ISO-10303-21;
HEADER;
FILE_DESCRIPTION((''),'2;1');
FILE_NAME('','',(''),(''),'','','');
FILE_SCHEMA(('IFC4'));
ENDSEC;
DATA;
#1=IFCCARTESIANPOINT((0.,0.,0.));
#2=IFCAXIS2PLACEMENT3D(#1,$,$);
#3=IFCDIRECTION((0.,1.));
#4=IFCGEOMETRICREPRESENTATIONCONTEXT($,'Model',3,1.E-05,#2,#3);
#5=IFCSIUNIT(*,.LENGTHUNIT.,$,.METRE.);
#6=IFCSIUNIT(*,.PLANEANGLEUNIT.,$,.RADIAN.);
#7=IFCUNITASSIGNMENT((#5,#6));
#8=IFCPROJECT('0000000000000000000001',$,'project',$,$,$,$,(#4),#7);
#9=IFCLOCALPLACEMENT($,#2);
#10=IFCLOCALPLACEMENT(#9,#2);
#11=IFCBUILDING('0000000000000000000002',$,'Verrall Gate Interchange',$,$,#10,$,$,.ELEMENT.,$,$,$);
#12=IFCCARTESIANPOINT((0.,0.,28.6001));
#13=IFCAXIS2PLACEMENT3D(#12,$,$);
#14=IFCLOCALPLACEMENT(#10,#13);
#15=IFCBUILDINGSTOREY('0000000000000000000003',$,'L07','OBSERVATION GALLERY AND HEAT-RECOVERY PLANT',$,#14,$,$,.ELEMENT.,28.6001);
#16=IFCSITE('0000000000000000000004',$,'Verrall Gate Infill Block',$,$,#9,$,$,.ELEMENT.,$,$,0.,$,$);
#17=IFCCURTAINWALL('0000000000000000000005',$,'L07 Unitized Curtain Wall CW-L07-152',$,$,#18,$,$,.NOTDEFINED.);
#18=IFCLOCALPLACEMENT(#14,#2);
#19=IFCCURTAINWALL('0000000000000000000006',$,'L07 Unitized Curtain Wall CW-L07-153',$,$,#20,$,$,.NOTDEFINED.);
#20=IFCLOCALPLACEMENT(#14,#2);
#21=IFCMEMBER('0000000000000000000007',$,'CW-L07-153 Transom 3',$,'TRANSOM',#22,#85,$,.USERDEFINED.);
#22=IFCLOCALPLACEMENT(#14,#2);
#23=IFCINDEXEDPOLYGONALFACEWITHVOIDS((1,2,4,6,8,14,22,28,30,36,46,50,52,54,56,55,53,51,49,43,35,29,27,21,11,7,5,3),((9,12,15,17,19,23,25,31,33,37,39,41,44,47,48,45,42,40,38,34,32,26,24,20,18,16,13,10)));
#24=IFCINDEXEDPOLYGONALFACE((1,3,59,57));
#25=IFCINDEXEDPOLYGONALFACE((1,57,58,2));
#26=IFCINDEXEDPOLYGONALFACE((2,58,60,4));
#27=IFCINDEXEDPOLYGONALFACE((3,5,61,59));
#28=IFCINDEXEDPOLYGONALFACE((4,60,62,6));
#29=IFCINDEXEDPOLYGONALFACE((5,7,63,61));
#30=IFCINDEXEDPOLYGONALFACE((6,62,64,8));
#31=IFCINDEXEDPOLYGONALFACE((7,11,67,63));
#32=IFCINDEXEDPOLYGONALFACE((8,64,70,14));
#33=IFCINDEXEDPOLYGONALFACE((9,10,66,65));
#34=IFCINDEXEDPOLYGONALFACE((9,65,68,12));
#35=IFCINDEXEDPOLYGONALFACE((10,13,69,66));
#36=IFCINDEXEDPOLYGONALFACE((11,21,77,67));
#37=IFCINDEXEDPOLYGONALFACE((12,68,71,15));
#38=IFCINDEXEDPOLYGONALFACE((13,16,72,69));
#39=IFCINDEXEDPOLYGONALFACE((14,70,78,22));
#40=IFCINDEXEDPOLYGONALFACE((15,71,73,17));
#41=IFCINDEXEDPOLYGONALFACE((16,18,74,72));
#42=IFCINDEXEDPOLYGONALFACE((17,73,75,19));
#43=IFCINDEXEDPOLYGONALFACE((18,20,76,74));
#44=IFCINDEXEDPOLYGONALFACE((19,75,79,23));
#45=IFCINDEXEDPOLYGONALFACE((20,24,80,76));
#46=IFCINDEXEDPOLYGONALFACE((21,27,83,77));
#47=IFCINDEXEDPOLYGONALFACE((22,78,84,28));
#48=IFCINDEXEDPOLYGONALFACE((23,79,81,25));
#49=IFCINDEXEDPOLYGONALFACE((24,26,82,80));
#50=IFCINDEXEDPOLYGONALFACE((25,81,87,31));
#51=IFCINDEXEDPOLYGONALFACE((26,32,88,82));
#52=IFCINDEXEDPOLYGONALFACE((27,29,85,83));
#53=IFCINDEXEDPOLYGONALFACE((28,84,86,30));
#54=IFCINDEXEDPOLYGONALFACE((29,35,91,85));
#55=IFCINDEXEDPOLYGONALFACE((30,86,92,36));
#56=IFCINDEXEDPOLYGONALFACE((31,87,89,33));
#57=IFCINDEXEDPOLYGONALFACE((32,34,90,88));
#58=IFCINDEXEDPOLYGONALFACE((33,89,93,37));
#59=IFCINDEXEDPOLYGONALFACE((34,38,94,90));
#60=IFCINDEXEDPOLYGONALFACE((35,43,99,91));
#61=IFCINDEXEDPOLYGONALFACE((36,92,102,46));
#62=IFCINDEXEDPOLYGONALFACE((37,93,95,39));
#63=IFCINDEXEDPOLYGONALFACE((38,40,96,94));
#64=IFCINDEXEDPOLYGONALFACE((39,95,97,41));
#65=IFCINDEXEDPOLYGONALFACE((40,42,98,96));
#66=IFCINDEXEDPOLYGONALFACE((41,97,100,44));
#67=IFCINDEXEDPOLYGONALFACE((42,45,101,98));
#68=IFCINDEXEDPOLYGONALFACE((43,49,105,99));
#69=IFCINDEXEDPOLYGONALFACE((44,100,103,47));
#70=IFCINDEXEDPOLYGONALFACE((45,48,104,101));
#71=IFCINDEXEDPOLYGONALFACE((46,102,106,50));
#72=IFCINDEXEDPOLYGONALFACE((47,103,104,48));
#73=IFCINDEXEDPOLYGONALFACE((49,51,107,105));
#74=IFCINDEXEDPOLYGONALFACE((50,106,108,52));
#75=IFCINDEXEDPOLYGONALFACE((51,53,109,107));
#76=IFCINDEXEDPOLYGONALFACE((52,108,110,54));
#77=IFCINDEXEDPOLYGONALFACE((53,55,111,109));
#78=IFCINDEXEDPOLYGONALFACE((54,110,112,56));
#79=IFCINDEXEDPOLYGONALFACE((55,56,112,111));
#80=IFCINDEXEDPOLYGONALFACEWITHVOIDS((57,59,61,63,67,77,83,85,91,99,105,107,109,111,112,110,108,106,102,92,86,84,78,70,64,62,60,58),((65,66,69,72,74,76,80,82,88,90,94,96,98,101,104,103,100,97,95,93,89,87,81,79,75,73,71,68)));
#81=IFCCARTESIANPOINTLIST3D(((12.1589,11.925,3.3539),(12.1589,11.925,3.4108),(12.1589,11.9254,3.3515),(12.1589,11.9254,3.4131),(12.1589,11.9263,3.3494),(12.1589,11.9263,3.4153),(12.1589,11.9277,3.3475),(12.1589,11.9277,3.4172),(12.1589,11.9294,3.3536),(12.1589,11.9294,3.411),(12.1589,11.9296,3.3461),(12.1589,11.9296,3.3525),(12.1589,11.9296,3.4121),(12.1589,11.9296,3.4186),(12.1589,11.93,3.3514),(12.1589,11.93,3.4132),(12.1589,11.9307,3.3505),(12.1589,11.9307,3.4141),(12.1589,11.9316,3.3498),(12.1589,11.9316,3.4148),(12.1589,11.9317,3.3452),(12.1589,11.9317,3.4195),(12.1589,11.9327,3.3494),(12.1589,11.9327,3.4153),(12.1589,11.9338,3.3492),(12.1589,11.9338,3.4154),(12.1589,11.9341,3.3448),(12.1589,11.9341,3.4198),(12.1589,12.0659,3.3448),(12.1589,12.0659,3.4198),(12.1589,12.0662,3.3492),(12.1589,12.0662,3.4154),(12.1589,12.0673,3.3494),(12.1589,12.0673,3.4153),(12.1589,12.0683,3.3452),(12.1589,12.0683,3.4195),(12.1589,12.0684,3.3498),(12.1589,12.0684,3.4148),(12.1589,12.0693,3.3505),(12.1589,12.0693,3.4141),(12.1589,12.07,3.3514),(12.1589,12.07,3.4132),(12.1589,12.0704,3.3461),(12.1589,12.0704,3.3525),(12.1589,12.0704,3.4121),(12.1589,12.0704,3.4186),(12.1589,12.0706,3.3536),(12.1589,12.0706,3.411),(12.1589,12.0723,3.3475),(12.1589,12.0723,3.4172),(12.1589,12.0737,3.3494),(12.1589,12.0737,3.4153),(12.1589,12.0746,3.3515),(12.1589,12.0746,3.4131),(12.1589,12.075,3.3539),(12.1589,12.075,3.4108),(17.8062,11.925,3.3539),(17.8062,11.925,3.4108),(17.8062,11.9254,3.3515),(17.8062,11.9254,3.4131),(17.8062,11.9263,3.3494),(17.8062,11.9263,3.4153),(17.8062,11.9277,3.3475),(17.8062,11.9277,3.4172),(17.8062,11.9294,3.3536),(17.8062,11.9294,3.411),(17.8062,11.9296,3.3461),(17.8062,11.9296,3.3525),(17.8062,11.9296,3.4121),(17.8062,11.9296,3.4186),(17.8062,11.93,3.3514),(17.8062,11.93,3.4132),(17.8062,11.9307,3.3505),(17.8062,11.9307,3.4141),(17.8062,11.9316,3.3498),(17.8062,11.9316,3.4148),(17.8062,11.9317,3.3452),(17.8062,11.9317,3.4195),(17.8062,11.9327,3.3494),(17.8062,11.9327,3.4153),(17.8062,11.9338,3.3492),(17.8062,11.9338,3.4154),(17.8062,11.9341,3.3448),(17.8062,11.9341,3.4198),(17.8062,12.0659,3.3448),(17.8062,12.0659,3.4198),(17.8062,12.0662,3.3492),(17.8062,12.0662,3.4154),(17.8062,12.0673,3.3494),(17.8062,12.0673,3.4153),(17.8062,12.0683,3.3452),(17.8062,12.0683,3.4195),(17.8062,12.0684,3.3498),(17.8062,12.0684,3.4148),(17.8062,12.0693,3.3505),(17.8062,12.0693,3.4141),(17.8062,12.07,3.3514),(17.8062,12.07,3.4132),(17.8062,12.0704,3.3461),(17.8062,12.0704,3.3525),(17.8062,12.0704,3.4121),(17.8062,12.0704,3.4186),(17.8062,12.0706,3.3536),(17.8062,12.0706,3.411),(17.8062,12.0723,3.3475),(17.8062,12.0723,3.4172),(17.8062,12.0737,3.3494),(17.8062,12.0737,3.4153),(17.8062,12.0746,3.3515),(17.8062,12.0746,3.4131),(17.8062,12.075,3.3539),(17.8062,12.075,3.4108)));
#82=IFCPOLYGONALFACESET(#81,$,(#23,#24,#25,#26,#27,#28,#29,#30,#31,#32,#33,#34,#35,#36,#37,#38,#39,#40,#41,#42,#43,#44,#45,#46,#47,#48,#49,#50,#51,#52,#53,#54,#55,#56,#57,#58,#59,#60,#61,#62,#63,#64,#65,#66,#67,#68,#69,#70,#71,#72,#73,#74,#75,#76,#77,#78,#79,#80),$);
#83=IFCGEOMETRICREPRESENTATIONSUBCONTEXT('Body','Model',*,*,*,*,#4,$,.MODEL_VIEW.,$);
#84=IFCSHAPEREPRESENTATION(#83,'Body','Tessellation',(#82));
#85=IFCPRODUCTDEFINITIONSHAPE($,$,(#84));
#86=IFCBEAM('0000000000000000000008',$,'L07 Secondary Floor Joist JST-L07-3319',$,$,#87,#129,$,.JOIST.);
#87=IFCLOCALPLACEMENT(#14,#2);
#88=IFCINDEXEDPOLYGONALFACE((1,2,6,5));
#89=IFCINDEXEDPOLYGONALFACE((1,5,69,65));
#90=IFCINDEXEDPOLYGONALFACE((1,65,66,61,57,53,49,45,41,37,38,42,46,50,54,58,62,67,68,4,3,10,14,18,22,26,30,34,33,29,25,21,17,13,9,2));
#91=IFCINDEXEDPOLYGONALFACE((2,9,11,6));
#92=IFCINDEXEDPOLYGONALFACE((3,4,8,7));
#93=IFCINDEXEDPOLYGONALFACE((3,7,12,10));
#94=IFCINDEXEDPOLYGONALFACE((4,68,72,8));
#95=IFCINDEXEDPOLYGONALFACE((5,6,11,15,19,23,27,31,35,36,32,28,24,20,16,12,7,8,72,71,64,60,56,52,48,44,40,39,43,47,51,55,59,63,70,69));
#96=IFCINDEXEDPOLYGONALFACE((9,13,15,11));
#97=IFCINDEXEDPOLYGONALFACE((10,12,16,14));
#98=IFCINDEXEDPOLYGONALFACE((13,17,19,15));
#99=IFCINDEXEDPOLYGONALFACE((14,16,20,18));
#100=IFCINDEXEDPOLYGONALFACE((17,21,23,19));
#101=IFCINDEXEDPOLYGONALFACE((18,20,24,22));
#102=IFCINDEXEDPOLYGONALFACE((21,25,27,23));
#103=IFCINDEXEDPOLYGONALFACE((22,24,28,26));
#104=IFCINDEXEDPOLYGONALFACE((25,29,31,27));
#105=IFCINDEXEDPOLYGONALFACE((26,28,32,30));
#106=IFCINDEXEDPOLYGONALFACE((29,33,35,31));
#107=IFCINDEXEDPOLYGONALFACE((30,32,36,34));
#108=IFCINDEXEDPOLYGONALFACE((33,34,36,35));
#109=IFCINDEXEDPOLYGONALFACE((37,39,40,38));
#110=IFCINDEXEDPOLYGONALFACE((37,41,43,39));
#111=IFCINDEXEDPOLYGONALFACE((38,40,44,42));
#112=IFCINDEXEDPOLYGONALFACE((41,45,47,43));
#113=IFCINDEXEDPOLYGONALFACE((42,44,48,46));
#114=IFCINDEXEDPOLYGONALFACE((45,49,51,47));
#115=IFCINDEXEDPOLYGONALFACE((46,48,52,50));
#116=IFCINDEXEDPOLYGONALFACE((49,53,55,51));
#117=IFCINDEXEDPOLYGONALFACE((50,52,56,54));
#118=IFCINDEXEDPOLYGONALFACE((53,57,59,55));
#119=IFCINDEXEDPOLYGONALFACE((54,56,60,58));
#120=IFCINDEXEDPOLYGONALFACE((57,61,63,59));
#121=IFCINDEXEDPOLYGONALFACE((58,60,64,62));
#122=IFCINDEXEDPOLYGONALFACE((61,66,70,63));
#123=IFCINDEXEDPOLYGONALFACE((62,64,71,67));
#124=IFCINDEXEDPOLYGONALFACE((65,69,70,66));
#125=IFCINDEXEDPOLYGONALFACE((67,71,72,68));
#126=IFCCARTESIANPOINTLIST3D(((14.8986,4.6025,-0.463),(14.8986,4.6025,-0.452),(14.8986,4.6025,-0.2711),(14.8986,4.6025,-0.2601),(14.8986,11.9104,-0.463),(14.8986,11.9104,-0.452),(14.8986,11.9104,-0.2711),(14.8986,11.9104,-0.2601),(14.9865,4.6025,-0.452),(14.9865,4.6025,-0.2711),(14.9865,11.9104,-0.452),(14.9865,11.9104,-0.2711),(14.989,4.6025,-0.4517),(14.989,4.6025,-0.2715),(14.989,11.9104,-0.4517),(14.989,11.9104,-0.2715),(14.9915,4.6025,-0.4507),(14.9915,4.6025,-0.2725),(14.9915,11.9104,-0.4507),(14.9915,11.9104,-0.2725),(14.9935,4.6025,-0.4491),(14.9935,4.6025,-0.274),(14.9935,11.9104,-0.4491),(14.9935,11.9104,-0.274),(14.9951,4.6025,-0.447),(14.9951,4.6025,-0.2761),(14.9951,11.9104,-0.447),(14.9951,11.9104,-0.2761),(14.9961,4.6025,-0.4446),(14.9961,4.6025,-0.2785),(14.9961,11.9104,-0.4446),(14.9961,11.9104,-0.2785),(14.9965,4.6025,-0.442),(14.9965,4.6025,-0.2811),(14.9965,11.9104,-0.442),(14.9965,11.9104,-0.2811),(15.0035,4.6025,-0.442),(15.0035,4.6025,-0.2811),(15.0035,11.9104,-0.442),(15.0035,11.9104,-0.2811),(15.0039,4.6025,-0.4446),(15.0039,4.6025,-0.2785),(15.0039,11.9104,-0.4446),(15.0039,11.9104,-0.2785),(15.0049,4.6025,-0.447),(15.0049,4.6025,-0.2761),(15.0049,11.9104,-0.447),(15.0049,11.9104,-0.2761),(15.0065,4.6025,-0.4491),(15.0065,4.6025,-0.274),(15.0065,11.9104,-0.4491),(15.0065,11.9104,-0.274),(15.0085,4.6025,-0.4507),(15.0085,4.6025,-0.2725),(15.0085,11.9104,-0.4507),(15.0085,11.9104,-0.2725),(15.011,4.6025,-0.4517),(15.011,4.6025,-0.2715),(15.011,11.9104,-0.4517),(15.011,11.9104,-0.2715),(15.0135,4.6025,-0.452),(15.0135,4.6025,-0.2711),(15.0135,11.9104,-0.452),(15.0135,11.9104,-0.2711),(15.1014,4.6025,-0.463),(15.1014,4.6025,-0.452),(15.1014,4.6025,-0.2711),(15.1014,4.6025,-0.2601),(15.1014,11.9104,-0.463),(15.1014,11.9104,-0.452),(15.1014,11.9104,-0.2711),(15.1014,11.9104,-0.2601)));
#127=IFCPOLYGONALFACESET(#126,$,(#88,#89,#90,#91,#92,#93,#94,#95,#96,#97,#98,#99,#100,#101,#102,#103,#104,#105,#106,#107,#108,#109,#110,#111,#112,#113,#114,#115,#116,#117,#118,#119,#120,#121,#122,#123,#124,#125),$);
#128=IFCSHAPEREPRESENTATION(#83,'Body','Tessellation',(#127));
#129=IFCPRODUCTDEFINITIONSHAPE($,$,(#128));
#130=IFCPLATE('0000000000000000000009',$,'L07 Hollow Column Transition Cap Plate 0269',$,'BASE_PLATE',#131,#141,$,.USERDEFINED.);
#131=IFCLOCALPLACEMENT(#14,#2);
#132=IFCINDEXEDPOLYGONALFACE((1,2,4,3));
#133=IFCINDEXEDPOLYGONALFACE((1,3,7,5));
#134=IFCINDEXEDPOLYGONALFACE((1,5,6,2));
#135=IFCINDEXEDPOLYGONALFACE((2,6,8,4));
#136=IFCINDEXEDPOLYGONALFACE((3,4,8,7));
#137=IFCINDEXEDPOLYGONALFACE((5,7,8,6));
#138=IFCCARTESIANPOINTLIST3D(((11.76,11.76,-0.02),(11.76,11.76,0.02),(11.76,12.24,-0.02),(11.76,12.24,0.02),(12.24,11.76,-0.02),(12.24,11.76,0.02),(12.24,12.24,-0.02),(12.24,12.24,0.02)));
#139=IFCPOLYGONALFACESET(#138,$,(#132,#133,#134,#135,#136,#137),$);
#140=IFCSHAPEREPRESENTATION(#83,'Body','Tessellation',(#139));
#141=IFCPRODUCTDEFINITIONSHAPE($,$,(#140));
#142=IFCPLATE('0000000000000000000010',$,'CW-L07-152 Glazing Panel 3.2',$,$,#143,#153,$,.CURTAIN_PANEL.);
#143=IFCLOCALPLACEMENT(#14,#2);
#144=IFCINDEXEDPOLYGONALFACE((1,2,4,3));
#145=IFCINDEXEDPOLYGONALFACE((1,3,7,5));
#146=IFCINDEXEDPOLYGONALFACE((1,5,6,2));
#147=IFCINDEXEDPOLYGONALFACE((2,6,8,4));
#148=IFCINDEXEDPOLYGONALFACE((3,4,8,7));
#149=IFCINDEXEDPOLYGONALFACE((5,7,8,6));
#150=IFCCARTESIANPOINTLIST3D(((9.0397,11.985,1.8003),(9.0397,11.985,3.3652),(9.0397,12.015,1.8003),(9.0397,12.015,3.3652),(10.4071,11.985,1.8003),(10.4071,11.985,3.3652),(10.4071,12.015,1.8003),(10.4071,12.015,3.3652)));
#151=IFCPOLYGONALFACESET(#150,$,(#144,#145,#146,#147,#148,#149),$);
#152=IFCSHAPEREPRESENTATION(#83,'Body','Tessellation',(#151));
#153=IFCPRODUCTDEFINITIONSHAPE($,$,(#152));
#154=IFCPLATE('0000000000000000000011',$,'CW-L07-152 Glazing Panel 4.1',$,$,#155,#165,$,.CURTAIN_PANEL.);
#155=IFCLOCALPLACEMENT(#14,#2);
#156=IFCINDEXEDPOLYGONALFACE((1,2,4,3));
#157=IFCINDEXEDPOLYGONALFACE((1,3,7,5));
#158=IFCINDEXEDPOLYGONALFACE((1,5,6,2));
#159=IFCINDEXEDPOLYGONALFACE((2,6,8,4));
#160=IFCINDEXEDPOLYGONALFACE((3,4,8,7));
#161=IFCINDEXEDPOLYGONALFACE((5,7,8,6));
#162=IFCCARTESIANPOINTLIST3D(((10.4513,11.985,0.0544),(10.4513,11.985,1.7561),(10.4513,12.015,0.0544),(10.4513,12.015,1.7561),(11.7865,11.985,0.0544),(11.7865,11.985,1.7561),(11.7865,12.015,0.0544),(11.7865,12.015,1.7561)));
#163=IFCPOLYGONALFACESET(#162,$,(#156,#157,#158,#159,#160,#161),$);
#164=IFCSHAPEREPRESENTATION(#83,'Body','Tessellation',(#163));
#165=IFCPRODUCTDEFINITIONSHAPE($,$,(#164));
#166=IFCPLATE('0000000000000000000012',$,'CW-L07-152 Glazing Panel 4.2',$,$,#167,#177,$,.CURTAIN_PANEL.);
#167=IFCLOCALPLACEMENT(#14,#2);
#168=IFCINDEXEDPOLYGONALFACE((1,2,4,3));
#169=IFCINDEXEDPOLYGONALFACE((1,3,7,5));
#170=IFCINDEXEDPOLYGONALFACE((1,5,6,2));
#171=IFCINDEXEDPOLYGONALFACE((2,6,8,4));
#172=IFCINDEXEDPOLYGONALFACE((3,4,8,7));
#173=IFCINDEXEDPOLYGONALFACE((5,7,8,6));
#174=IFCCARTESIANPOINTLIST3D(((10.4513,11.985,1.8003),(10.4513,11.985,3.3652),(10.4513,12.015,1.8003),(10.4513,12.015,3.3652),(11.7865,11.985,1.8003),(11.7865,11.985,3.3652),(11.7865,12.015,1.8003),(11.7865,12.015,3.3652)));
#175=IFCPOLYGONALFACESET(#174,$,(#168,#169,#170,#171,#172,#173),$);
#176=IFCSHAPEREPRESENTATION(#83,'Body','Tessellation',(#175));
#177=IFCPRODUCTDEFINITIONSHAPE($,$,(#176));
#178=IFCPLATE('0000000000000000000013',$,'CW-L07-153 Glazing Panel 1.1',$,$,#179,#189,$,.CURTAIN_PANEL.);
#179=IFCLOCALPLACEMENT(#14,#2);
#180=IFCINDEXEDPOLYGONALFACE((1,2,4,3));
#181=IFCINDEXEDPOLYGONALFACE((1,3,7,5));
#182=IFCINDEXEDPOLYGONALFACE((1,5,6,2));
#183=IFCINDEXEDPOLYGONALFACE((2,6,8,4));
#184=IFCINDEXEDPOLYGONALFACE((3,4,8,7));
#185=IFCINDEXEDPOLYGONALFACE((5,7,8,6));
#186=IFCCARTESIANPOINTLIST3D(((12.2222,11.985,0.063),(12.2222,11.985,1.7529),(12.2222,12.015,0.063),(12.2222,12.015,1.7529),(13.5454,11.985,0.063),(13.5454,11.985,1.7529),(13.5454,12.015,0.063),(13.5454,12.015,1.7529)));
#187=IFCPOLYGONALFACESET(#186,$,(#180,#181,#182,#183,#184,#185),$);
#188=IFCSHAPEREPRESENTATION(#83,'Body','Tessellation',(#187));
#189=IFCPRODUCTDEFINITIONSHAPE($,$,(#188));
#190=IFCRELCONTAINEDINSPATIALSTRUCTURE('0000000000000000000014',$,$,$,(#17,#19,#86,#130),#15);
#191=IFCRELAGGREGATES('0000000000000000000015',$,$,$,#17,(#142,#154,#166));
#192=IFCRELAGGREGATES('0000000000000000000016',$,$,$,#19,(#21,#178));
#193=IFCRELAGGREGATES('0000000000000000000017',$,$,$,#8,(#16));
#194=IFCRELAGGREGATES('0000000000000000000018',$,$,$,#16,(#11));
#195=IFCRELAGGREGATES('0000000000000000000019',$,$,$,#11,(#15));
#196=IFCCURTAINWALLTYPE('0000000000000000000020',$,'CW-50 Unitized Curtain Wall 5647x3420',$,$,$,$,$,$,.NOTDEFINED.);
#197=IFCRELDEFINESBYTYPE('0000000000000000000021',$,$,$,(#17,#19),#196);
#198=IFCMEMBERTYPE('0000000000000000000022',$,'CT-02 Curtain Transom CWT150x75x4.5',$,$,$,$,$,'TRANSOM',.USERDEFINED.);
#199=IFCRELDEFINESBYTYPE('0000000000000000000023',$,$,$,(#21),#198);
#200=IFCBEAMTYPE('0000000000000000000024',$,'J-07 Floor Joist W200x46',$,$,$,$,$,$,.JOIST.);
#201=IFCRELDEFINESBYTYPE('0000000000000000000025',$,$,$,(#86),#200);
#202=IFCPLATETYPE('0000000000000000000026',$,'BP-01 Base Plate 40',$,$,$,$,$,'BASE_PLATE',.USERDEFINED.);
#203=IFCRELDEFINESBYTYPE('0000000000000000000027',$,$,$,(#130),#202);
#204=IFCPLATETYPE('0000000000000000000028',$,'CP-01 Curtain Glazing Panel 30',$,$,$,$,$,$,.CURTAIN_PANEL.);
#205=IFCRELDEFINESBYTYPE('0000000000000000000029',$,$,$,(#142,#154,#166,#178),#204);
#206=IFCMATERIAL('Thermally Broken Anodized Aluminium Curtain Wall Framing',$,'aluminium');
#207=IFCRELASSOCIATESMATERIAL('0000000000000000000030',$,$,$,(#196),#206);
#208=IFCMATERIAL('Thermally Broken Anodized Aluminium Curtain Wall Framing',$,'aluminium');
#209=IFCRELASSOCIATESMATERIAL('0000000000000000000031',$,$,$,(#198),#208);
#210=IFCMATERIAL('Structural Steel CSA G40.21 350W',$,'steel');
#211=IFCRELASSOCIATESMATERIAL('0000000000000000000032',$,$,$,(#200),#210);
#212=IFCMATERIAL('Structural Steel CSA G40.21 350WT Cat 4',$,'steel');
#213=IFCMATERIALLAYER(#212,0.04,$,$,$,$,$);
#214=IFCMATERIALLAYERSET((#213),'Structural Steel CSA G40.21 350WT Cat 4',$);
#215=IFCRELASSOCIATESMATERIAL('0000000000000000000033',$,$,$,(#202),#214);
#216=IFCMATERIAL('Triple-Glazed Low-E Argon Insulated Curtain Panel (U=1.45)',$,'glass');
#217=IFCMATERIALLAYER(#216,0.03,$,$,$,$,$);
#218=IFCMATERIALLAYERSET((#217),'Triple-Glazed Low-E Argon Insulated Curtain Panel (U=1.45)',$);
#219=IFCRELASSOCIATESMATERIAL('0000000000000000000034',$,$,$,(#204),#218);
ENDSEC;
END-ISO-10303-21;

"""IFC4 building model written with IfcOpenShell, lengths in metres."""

from ifc_helpers import new_model, si_unit, direction, frame, origin, origin_2d, place, context, subcontext, project, spatial, rectangle, hollow_rectangle, i_section, extrude, material, layer, layer_set, material_profile, profile_set, type_object, element, aggregate, save


model = new_model("IFC4")

# Units and contexts
model_context = context("Model", 3, precision=1e-05, world=origin(), true_north=direction((0.0, 1.0)))
body_context = subcontext(model_context, "Body", "Model", "MODEL_VIEW")
ifc_project = project(units=[si_unit("LENGTHUNIT", "METRE"), si_unit("PLANEANGLEUNIT", "RADIAN")], contexts=[model_context])

# Site, building, storey
site_placement = place(None, origin())
site = spatial("IfcSite", under=ifc_project, at=site_placement, Name="Verrall Gate Infill Block", CompositionType="ELEMENT", RefElevation=0.0)
building_placement = place(site_placement, origin())
building = spatial("IfcBuilding", under=site, at=building_placement, Name="Verrall Gate Interchange", CompositionType="ELEMENT")
storey_placement = place(building_placement, frame((0.0, 0.0, 28.6001)))
storey = spatial("IfcBuildingStorey", under=building, at=storey_placement, Name="L07", Description="OBSERVATION GALLERY AND HEAT-RECOVERY PLANT", CompositionType="ELEMENT", Elevation=28.6001)

# Curtain walls, member
ifc_material_1 = material(Name="Thermally Broken Anodized Aluminium Curtain Wall Framing", Category="aluminium")
curtain_wall_type = type_object("IfcCurtainWallType", Name="CW-50 Unitized Curtain Wall 5647x3420", PredefinedType="NOTDEFINED", material=ifc_material_1)
curtain_wall_1_placement = place(storey_placement, origin())
curtain_wall_1 = element("IfcCurtainWall", 1, at=curtain_wall_1_placement, inside=storey, type_object=curtain_wall_type, Name="L07 Unitized Curtain Wall CW-L07-152", PredefinedType="NOTDEFINED")
curtain_wall_2_placement = place(storey_placement, origin())
curtain_wall_2 = element("IfcCurtainWall", 2, at=curtain_wall_2_placement, inside=storey, type_object=curtain_wall_type, Name="L07 Unitized Curtain Wall CW-L07-153", PredefinedType="NOTDEFINED")
ifc_material_2 = material(Name="Thermally Broken Anodized Aluminium Curtain Wall Framing", Category="aluminium")
ifc_material_profile_1 = material_profile(ifc_material_2, hollow_rectangle(XDim=0.1499, YDim=0.075, WallThickness=0.0044, InnerFilletRadius=0.0044, OuterFilletRadius=0.009, at=origin_2d()), Name="CWT150x75x4.5")
ifc_profile_set_1 = profile_set([ifc_material_profile_1], Name="Thermally Broken Anodized Aluminium Curtain Wall Framing")
member_type_1 = type_object("IfcMemberType", Name="CT-02 Curtain Transom CWT150x75x4.5", ElementType="TRANSOM", PredefinedType="USERDEFINED", material=ifc_profile_set_1)
member_1_placement = place(storey_placement, frame((12.1589, 12.0, 3.3823), z_axis=(1.0, 0.0, 0.0), x_axis=(0.0, 1.0, 0.0)))
member_1 = element("IfcMember", 3, at=member_1_placement, type_object=member_type_1, Name="CW-L07-153 Transom 3", ObjectType="TRANSOM", PredefinedType="USERDEFINED", context=body_context, shape_type="SweptSolid", body=[
    extrude(hollow_rectangle(XDim=0.1499, YDim=0.075, WallThickness=0.0044, InnerFilletRadius=0.0044, OuterFilletRadius=0.009, at=origin_2d()), origin(), (0.0, 0.0, 1.0), 5.6472),
])

# Beam
ifc_material_3 = material(Name="Structural Steel CSA G40.21 350W", Category="steel")
ifc_material_profile_2 = material_profile(ifc_material_3, i_section(OverallWidth=0.2029, OverallDepth=0.2029, WebThickness=0.0071, FlangeThickness=0.011, FilletRadius=0.01, at=origin_2d()), Name="W200x46")
ifc_profile_set_2 = profile_set([ifc_material_profile_2], Name="Structural Steel CSA G40.21 350W")
beam_type_1 = type_object("IfcBeamType", Name="J-07 Floor Joist W200x46", PredefinedType="JOIST", material=ifc_profile_set_2)
beam_1_placement = place(storey_placement, frame((15.0, 4.6025, -0.3616), z_axis=(0.0, 1.0, 0.0), x_axis=(-1.0, 0.0, 0.0)))
element("IfcBeam", 4, at=beam_1_placement, inside=storey, type_object=beam_type_1, Name="L07 Secondary Floor Joist JST-L07-3319", PredefinedType="JOIST", context=body_context, shape_type="SweptSolid", body=[
    extrude(i_section(OverallWidth=0.2029, OverallDepth=0.2029, WebThickness=0.0071, FlangeThickness=0.011, FilletRadius=0.01, at=origin_2d()), origin(), (0.0, 0.0, 1.0), 7.3079),
])

# Plates
ifc_material_4 = material(Name="Structural Steel CSA G40.21 350WT Cat 4", Category="steel")
ifc_layer_1 = layer(ifc_material_4, 0.04)
ifc_layer_set_1 = layer_set([ifc_layer_1], Name="Structural Steel CSA G40.21 350WT Cat 4")
plate_type_1 = type_object("IfcPlateType", Name="BP-01 Base Plate 40", ElementType="BASE_PLATE", PredefinedType="USERDEFINED", material=ifc_layer_set_1)
plate_1_placement = place(storey_placement, frame((12.0, 12.0, -0.02), z_axis=(0.0, 0.0, 1.0), x_axis=(1.0, 0.0, 0.0)))
element("IfcPlate", 5, at=plate_1_placement, inside=storey, type_object=plate_type_1, Name="L07 Hollow Column Transition Cap Plate 0269", ObjectType="BASE_PLATE", PredefinedType="USERDEFINED", context=body_context, shape_type="SweptSolid", body=[
    extrude(rectangle(XDim=0.48, YDim=0.48, at=origin_2d()), origin(), (0.0, 0.0, 1.0), 0.04),
])
ifc_material_5 = material(Name="Triple-Glazed Low-E Argon Insulated Curtain Panel (U=1.45)", Category="glass")
ifc_layer_2 = layer(ifc_material_5, 0.03)
ifc_layer_set_2 = layer_set([ifc_layer_2], Name="Triple-Glazed Low-E Argon Insulated Curtain Panel (U=1.45)")
plate_type_2 = type_object("IfcPlateType", Name="CP-01 Curtain Glazing Panel 30", PredefinedType="CURTAIN_PANEL", material=ifc_layer_set_2)
plate_2_placement = place(storey_placement, frame((9.7234, 12.0, 1.8003), z_axis=(0.0, 0.0, 1.0), x_axis=(1.0, 0.0, 0.0)))
plate_2 = element("IfcPlate", 6, at=plate_2_placement, type_object=plate_type_2, Name="CW-L07-152 Glazing Panel 3.2", PredefinedType="CURTAIN_PANEL", context=body_context, shape_type="SweptSolid", body=[
    extrude(rectangle(XDim=1.3674, YDim=0.03, at=origin_2d()), origin(), (0.0, 0.0, 1.0), 1.5649),
])
plate_3_placement = place(storey_placement, frame((11.1189, 12.0, 0.0544), z_axis=(0.0, 0.0, 1.0), x_axis=(1.0, 0.0, 0.0)))
plate_3 = element("IfcPlate", 7, at=plate_3_placement, type_object=plate_type_2, Name="CW-L07-152 Glazing Panel 4.1", PredefinedType="CURTAIN_PANEL", context=body_context, shape_type="SweptSolid", body=[
    extrude(rectangle(XDim=1.3352, YDim=0.03, at=origin_2d()), origin(), (0.0, 0.0, 1.0), 1.7017),
])
plate_4_placement = place(storey_placement, frame((11.1189, 12.0, 1.8003), z_axis=(0.0, 0.0, 1.0), x_axis=(1.0, 0.0, 0.0)))
plate_4 = element("IfcPlate", 8, at=plate_4_placement, type_object=plate_type_2, Name="CW-L07-152 Glazing Panel 4.2", PredefinedType="CURTAIN_PANEL", context=body_context, shape_type="SweptSolid", body=[
    extrude(rectangle(XDim=1.3352, YDim=0.03, at=origin_2d()), origin(), (0.0, 0.0, 1.0), 1.5649),
])
aggregate(curtain_wall_1, [plate_2, plate_3, plate_4])
plate_5_placement = place(storey_placement, frame((12.8838, 12.0, 0.063), z_axis=(0.0, 0.0, 1.0), x_axis=(1.0, 0.0, 0.0)))
plate_5 = element("IfcPlate", 9, at=plate_5_placement, type_object=plate_type_2, Name="CW-L07-153 Glazing Panel 1.1", PredefinedType="CURTAIN_PANEL", context=body_context, shape_type="SweptSolid", body=[
    extrude(rectangle(XDim=1.3232, YDim=0.03, at=origin_2d()), origin(), (0.0, 0.0, 1.0), 1.6899),
])
aggregate(curtain_wall_2, [member_1, plate_5])

save(model, "model.ifc")
